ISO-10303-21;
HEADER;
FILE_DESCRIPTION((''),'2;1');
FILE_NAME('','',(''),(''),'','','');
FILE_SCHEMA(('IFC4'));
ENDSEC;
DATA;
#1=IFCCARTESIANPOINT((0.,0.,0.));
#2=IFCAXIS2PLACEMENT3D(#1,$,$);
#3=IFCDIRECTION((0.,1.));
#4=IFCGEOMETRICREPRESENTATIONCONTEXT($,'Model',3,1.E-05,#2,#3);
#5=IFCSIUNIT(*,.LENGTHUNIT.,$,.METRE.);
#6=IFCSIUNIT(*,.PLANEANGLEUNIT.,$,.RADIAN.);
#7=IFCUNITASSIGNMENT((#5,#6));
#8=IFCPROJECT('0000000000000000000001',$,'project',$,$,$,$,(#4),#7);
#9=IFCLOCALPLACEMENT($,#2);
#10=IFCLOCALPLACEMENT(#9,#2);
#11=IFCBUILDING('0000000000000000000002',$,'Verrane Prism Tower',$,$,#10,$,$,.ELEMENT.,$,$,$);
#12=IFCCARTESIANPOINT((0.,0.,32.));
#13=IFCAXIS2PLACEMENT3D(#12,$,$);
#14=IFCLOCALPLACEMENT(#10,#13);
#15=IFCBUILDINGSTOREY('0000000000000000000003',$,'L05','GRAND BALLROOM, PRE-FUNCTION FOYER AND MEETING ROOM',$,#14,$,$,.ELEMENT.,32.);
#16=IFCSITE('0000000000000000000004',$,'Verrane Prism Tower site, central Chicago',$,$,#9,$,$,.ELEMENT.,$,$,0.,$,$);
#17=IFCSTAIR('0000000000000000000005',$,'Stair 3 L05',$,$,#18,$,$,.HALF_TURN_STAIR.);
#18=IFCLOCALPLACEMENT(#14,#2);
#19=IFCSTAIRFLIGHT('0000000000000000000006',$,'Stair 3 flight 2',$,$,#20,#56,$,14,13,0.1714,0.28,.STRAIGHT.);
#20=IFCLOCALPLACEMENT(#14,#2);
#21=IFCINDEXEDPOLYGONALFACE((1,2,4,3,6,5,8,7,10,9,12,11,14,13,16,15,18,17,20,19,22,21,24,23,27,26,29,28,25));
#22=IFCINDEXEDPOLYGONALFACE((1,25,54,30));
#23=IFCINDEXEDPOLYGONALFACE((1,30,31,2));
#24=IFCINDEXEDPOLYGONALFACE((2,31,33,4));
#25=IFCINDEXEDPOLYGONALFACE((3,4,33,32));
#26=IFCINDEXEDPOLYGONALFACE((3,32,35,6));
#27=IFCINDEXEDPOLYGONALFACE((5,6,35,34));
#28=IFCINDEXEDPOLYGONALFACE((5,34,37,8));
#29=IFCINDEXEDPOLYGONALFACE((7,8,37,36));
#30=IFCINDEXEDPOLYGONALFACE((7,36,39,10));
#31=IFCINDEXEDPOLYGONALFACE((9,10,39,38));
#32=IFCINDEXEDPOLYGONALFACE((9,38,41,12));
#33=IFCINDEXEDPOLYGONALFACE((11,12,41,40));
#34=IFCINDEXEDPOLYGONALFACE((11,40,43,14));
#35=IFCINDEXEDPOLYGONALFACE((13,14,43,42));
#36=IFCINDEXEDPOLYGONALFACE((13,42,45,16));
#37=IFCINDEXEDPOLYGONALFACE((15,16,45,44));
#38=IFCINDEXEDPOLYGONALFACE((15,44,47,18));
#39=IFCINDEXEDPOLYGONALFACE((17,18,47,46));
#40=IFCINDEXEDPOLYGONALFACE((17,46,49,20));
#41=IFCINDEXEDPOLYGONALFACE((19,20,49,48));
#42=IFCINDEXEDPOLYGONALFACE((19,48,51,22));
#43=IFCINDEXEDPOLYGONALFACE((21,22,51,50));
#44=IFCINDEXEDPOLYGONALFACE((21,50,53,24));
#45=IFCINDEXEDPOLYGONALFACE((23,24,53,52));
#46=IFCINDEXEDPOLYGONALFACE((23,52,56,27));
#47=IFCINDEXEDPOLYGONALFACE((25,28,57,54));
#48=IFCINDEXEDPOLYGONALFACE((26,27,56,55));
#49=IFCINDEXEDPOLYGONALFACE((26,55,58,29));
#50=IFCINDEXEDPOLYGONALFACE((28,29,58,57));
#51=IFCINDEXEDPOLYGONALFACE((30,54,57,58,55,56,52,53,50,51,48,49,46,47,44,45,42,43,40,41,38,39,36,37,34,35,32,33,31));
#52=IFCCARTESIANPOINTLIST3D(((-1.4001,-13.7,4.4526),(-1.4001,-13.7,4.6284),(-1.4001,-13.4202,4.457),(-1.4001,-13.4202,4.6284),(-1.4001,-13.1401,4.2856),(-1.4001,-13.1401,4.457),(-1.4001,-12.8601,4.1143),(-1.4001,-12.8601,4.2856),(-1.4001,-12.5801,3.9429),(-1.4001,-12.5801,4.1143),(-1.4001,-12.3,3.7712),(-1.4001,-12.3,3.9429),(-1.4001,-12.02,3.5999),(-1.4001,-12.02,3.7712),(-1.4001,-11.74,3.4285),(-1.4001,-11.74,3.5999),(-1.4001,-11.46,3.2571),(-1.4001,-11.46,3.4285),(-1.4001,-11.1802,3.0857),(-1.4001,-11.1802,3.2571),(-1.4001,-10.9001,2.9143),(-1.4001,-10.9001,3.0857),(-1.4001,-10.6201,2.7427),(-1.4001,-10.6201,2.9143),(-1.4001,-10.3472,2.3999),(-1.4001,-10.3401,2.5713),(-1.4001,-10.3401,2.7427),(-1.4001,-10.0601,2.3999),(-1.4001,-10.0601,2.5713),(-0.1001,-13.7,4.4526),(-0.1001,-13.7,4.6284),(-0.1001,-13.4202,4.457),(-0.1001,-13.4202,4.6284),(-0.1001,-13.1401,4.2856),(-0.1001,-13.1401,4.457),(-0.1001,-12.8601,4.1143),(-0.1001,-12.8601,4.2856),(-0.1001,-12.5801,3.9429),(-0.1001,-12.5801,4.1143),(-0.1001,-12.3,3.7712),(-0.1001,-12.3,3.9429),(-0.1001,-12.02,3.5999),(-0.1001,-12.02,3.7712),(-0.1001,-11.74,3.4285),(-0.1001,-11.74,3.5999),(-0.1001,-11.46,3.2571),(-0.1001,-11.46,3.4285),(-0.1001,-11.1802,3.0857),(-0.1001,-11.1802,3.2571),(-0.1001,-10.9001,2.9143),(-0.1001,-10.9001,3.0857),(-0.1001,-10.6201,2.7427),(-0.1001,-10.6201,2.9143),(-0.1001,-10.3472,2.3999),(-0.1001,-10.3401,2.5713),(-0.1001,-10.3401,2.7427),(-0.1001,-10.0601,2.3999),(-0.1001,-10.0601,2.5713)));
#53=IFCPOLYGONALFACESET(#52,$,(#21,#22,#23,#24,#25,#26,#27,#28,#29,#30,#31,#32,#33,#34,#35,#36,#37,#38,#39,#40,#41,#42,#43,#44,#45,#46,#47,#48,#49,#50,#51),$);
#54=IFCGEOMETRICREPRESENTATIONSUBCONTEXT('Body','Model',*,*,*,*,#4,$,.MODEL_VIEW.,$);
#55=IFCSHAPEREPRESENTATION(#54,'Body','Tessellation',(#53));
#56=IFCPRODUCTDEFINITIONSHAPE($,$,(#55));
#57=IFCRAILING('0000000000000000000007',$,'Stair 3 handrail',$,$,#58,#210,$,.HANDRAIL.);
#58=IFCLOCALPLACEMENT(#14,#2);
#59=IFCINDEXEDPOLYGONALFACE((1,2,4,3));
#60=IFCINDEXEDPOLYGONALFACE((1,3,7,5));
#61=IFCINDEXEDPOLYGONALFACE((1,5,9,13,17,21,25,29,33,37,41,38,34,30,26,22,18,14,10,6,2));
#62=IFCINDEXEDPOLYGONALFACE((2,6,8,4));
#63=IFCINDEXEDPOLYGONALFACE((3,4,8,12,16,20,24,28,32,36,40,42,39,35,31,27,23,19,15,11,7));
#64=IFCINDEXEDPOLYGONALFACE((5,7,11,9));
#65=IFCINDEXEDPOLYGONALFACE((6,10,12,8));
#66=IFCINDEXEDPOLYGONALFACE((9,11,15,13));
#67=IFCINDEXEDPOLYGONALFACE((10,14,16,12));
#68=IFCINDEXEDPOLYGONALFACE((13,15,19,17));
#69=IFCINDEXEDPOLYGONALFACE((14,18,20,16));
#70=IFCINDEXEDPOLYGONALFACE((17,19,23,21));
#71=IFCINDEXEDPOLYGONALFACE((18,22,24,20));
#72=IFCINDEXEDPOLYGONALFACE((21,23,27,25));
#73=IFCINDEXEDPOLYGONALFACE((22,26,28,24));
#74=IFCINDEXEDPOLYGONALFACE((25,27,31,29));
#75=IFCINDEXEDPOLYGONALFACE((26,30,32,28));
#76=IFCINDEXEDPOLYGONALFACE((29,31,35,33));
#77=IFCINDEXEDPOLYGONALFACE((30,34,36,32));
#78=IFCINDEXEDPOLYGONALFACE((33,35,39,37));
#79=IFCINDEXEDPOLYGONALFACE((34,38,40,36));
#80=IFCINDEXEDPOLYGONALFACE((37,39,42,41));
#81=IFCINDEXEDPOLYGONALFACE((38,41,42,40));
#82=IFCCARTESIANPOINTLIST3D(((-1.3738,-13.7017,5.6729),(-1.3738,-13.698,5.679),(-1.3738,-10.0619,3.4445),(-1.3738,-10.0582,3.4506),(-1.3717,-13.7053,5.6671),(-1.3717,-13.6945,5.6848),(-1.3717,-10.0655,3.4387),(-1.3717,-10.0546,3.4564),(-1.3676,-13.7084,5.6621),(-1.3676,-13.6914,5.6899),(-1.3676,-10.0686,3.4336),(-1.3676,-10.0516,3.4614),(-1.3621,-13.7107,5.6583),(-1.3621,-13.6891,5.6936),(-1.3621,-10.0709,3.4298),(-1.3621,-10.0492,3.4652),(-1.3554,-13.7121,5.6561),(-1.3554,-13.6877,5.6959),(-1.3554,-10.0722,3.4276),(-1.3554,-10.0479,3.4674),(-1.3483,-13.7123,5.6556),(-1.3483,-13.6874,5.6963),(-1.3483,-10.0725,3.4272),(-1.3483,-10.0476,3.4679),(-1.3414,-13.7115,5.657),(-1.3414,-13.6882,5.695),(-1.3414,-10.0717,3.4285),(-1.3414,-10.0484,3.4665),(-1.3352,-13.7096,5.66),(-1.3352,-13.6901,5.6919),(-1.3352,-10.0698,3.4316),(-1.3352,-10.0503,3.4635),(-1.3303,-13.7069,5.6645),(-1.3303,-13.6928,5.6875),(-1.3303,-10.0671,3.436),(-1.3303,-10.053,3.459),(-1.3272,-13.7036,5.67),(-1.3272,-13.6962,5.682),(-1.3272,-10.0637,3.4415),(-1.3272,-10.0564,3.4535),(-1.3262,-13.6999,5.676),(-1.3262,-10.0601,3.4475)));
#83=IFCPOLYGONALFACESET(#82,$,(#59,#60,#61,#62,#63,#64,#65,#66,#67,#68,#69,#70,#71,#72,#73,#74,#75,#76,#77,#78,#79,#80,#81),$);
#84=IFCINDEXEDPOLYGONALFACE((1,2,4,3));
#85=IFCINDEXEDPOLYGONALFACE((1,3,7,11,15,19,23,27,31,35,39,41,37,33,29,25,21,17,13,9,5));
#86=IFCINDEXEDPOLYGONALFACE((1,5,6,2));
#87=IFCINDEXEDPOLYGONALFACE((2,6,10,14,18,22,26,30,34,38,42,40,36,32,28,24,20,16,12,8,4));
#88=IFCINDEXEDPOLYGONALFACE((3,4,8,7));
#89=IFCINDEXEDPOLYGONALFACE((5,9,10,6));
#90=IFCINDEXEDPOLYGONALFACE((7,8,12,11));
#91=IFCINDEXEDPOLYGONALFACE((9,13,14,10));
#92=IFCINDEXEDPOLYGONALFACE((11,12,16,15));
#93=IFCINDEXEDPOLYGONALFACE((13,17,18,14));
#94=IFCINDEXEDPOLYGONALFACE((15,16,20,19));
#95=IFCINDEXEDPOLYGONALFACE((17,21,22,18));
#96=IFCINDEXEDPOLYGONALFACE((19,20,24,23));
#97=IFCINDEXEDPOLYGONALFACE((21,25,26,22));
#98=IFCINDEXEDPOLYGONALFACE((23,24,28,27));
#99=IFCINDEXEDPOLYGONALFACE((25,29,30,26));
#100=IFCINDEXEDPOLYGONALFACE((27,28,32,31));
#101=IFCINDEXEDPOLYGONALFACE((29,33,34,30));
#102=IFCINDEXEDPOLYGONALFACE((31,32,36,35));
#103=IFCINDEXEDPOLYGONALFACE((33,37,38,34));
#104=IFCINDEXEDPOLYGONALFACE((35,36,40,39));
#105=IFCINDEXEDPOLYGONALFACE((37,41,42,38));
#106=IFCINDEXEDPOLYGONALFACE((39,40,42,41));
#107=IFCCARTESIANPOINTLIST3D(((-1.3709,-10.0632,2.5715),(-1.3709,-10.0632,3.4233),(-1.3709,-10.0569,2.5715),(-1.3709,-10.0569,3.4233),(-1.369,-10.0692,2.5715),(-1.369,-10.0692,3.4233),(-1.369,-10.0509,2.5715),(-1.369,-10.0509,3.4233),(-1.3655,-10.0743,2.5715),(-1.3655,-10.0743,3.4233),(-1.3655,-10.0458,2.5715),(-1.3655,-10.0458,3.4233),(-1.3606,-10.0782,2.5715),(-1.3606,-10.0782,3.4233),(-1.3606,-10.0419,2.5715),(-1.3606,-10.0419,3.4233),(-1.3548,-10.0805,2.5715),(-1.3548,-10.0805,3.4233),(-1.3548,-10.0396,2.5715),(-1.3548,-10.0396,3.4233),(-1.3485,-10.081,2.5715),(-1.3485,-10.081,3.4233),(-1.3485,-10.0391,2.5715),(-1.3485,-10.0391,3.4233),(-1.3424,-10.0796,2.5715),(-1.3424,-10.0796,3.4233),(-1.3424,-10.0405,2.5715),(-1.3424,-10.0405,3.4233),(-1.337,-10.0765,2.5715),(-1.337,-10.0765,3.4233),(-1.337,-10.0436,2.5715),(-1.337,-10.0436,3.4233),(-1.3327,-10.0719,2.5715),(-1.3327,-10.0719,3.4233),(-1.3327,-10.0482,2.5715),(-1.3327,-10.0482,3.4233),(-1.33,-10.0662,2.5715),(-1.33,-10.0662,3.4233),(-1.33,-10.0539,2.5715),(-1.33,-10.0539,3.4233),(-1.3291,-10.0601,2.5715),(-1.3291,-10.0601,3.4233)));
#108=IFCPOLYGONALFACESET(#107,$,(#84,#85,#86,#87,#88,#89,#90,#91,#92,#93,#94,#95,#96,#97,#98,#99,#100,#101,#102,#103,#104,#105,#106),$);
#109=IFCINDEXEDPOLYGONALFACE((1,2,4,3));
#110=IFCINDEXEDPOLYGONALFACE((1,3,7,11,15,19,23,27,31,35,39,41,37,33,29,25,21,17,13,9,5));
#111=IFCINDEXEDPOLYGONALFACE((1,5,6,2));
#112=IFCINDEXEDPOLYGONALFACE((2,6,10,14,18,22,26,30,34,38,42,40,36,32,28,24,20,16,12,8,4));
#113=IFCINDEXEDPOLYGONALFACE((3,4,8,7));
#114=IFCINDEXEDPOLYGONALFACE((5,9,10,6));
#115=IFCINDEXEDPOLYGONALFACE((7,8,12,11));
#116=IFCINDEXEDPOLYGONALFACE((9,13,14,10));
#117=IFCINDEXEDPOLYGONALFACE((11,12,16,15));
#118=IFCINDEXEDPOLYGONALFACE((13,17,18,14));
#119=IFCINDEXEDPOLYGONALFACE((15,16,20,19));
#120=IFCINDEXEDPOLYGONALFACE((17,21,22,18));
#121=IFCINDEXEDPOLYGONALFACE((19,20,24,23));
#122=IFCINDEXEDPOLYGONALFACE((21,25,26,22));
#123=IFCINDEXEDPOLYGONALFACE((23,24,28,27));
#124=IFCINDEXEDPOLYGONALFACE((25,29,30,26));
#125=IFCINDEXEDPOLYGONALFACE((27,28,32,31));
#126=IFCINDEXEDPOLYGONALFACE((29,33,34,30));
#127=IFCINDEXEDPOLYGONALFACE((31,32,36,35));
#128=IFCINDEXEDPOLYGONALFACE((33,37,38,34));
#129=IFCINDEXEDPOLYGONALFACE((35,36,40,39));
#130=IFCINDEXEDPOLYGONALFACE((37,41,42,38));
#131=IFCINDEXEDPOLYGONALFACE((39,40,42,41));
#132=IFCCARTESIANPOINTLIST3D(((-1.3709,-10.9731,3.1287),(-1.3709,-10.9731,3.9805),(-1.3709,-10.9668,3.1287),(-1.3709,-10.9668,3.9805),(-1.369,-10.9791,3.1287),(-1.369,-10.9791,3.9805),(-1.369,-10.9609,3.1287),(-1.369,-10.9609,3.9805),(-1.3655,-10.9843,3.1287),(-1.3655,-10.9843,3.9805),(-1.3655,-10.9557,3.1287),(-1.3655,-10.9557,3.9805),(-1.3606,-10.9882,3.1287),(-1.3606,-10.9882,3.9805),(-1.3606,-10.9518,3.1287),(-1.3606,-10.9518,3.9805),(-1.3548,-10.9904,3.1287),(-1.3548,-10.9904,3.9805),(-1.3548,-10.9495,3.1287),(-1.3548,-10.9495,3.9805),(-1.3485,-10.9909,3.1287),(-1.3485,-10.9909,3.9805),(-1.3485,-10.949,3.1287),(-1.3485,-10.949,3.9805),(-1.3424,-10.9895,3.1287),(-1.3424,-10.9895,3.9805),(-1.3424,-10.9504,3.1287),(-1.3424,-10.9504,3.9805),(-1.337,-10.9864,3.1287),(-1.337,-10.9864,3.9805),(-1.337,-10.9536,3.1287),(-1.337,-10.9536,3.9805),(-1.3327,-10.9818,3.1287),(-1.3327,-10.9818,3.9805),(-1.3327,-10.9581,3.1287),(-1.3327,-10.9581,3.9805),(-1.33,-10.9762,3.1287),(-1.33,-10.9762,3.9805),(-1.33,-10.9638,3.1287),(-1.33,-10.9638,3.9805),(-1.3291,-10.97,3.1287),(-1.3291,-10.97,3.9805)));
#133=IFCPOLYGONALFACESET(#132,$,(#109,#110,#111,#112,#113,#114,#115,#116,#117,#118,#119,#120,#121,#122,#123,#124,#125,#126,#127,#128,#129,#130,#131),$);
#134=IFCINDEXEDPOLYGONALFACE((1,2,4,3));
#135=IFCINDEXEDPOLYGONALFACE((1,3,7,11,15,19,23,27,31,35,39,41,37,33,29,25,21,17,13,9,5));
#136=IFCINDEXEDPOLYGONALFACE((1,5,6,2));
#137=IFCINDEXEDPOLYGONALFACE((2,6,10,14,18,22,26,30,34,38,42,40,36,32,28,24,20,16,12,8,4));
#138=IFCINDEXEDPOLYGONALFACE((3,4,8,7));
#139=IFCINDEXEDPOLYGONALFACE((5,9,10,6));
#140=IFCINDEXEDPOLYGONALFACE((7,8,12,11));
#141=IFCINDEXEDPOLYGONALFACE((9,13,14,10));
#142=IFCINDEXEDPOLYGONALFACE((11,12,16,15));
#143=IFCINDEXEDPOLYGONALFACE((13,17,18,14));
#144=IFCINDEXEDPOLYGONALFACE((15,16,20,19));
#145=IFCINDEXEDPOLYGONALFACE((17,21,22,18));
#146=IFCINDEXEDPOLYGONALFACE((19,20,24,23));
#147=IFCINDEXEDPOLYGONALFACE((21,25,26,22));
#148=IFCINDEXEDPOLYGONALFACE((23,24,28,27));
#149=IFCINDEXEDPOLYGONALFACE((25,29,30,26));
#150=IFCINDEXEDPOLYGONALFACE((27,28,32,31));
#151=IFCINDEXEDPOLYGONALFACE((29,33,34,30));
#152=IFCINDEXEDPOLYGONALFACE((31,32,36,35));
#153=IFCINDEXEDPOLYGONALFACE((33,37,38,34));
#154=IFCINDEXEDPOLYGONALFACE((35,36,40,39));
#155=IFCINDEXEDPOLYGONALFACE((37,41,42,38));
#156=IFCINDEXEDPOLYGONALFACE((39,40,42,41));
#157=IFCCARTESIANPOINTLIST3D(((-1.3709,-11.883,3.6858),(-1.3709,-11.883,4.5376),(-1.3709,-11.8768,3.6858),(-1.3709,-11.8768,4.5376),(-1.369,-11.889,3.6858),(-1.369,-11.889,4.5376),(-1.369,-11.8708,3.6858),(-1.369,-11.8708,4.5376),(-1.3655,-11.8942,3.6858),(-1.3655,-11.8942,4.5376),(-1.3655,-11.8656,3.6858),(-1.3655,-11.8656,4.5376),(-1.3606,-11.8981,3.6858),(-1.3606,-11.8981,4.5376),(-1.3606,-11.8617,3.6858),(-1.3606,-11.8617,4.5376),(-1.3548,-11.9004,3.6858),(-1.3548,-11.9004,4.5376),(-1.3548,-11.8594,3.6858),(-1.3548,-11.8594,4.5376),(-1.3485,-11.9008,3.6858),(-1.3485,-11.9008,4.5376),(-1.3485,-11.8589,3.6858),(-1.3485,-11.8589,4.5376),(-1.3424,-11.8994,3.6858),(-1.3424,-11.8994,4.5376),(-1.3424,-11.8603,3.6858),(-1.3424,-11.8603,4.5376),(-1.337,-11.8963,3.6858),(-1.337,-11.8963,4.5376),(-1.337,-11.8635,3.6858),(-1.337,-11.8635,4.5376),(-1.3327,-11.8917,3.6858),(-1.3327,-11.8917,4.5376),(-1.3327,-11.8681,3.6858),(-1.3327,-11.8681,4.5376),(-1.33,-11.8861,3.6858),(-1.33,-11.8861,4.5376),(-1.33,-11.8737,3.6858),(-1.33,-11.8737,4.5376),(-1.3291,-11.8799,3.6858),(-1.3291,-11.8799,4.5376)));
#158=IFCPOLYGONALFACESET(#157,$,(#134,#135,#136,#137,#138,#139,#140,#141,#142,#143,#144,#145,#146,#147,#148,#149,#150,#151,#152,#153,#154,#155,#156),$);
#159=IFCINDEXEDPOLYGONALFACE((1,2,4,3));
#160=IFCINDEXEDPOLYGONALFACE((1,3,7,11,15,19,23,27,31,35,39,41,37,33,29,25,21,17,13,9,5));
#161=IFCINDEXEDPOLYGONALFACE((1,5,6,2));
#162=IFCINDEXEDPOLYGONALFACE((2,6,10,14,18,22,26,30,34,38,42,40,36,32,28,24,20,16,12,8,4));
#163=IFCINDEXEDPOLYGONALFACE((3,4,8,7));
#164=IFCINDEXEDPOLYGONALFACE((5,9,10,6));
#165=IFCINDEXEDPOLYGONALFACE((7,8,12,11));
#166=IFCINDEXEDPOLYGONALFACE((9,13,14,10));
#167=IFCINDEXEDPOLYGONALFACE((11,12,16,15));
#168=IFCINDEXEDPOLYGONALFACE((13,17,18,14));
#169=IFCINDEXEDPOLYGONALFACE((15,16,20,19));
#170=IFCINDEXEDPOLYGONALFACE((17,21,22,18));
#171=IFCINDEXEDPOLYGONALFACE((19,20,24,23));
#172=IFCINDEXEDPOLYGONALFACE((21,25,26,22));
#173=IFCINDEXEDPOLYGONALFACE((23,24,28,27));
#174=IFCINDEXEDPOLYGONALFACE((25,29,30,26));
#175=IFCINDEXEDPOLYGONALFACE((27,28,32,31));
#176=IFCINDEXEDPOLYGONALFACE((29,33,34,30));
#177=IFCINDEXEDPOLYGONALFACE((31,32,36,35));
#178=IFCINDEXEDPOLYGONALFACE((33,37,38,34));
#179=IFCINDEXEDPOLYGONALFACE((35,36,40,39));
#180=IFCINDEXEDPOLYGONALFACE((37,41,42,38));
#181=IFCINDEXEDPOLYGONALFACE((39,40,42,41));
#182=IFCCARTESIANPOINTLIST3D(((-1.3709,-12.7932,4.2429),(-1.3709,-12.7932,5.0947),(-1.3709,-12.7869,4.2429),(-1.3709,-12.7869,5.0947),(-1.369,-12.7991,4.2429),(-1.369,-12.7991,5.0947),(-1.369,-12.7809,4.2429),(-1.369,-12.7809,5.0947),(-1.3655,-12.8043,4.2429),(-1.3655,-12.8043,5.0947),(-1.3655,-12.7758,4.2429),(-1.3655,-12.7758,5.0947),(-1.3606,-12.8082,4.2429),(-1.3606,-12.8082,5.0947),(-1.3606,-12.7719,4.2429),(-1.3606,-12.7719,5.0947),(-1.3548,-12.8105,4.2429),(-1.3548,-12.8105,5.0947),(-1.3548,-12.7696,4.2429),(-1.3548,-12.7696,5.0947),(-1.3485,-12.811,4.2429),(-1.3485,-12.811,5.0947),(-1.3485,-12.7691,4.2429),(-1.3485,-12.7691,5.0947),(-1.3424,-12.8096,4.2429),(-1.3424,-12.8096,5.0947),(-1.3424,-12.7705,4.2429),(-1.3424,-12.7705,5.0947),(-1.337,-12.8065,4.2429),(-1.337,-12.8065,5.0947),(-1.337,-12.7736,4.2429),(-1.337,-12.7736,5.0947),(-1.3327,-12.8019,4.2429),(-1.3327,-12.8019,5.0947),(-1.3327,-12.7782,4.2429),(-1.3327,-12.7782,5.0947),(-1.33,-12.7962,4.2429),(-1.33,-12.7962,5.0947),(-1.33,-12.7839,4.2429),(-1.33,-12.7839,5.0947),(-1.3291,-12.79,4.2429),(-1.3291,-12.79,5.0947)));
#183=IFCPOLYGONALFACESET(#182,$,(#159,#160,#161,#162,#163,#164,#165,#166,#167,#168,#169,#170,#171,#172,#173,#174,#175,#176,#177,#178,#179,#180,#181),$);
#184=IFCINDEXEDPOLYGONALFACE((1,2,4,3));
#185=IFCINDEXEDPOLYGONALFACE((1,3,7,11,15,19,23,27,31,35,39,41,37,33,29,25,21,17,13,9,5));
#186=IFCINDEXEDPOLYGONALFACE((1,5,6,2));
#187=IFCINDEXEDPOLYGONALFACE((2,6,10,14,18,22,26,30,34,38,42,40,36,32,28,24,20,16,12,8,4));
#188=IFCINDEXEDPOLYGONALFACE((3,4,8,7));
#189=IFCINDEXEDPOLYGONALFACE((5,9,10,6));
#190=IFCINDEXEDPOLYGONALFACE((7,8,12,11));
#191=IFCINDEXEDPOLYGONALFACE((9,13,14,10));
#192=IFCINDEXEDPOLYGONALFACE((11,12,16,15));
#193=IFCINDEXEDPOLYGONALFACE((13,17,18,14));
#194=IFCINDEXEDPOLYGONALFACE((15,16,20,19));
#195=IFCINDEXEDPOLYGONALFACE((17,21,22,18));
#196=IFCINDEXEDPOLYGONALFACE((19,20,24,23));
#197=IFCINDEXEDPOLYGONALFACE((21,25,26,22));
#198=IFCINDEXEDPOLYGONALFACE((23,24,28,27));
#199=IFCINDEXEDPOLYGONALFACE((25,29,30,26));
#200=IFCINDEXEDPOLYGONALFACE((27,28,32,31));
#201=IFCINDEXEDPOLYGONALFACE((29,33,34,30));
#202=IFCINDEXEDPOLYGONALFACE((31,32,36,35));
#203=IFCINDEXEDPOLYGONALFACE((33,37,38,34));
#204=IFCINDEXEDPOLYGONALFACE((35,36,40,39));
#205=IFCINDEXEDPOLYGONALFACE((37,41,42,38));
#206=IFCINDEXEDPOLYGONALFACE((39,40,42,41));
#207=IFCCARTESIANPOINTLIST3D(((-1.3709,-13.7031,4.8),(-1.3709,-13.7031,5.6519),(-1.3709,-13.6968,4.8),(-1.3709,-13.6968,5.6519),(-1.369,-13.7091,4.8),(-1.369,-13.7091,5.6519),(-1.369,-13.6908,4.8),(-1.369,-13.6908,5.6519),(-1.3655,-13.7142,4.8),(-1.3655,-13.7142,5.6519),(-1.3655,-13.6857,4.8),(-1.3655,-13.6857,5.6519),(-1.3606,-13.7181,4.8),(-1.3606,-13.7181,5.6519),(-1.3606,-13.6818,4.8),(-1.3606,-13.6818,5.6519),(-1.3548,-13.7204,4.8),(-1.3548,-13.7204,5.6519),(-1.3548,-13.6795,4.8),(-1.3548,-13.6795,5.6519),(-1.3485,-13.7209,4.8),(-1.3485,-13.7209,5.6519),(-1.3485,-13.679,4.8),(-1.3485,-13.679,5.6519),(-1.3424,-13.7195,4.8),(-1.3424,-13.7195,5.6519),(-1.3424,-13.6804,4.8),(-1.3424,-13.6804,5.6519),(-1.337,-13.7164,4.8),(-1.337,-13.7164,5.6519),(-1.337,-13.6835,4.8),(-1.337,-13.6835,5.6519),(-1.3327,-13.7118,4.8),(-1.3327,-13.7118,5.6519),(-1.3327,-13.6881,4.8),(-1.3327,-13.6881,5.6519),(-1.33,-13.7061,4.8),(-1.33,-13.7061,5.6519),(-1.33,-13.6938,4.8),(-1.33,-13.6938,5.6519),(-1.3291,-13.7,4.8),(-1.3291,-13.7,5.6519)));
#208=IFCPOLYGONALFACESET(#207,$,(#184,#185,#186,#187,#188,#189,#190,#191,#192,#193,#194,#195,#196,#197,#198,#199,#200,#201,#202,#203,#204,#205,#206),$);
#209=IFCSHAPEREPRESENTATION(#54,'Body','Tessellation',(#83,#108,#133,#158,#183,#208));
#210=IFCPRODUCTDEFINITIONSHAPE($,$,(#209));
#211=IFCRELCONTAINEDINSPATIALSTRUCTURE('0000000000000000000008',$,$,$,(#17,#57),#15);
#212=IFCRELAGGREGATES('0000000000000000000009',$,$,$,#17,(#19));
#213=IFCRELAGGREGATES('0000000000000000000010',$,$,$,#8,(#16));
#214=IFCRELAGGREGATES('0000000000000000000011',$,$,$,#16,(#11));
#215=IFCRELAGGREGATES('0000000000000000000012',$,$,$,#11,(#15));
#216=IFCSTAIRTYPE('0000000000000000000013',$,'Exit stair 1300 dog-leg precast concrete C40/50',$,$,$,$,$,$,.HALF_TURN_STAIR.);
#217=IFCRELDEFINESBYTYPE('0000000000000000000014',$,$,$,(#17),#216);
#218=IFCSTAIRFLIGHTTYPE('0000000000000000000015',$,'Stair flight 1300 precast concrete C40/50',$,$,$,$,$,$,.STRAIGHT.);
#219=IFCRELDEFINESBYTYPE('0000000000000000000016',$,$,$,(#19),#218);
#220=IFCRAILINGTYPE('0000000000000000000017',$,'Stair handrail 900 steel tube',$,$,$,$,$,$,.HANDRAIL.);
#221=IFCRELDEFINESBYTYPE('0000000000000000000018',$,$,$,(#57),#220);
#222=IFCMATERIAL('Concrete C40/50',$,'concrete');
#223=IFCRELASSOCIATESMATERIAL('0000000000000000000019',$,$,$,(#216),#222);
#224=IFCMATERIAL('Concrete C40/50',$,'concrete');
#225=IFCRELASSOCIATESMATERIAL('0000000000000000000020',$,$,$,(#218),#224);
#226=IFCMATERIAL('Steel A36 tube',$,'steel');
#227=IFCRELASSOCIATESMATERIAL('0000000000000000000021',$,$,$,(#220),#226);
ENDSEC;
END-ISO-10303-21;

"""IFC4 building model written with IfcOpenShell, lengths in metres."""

from ifc_helpers import new_model, si_unit, direction, frame, origin, origin_2d, place, context, subcontext, project, spatial, polyline, circle, outline, extrude, material, type_object, element, aggregate, save


model = new_model("IFC4")

# Units and contexts
model_context = context("Model", 3, precision=1e-05, world=origin(), true_north=direction((0.0, 1.0)))
body_context = subcontext(model_context, "Body", "Model", "MODEL_VIEW")
ifc_project = project(units=[si_unit("LENGTHUNIT", "METRE"), si_unit("PLANEANGLEUNIT", "RADIAN")], contexts=[model_context])

# Site, building, storey
site_placement = place(None, origin())
site = spatial("IfcSite", under=ifc_project, at=site_placement, Name="Verrane Prism Tower site, central Chicago", CompositionType="ELEMENT", RefElevation=0.0)
building_placement = place(site_placement, origin())
building = spatial("IfcBuilding", under=site, at=building_placement, Name="Verrane Prism Tower", CompositionType="ELEMENT")
storey_placement = place(building_placement, frame((0.0, 0.0, 32.0)))
storey = spatial("IfcBuildingStorey", under=building, at=storey_placement, Name="L05", Description="GRAND BALLROOM, PRE-FUNCTION FOYER AND MEETING ROOM", CompositionType="ELEMENT", Elevation=32.0)

# Shared definitions
ifc_material_1 = material(Name="Concrete C40/50", Category="concrete")
stair_type = type_object("IfcStairType", Name="Exit stair 1300 dog-leg precast concrete C40/50", PredefinedType="HALF_TURN_STAIR", material=ifc_material_1)

# Stair, stair flight
stair_1_placement = place(storey_placement, origin())
stair_1 = element("IfcStair", 1, at=stair_1_placement, inside=storey, type_object=stair_type, Name="Stair 3 L05", PredefinedType="HALF_TURN_STAIR")
ifc_material_2 = material(Name="Concrete C40/50", Category="concrete")
stair_flight_type = type_object("IfcStairFlightType", Name="Stair flight 1300 precast concrete C40/50", PredefinedType="STRAIGHT", material=ifc_material_2)
stair_flight_placement = place(storey_placement, frame((-0.75, -10.0601, 2.3999), z_axis=(0.0, 0.0, 1.0), x_axis=(0.0, -1.0, 0.0)))
stair_flight = element("IfcStairFlight", 2, at=stair_flight_placement, type_object=stair_flight_type, Name="Stair 3 flight 2", NumberOfRisers=14, NumberOfTreads=13, PredefinedType="STRAIGHT", RiserHeight=0.1714, TreadLength=0.28, context=body_context, shape_type="SweptSolid", body=[
    extrude(outline(polyline([(0.0, 0.0), (0.0, 0.1714), (0.28, 0.1714), (0.28, 0.3428), (0.5601, 0.3428), (0.5601, 0.5144), (0.8401, 0.5144), (0.8401, 0.6858), (1.1201, 0.6858), (1.1201, 0.8572), (1.3999, 0.8572), (1.3999, 1.0286), (1.6799, 1.0286), (1.6799, 1.2), (1.96, 1.2), (1.96, 1.3713), (2.24, 1.3713), (2.24, 1.543), (2.52, 1.543), (2.52, 1.7144), (2.8, 1.7144), (2.8, 1.8857), (3.0801, 1.8857), (3.0801, 2.0571), (3.3601, 2.0571), (3.3601, 2.2285), (3.6399, 2.2285), (3.6399, 2.3999), (3.6399, 2.0527), (0.2871, 0.0), (0.0, 0.0)])), frame((0.0, 0.6499, 0.0), z_axis=(0.0, -1.0, 0.0), x_axis=(1.0, 0.0, 0.0)), (0.0, 0.0, 1.0), 1.3),
])
aggregate(stair_1, [stair_flight])

# Railing
ifc_material_3 = material(Name="Steel A36 tube", Category="steel")
railing_type = type_object("IfcRailingType", Name="Stair handrail 900 steel tube", PredefinedType="HANDRAIL", material=ifc_material_3)
railing_placement = place(storey_placement, frame((-1.3501, -10.0601, 2.5715)))
element("IfcRailing", 3, at=railing_placement, inside=storey, type_object=railing_type, Name="Stair 3 handrail", PredefinedType="HANDRAIL", context=body_context, shape_type="SweptSolid", body=[
    extrude(circle(Radius=0.0239, at=origin_2d()), frame((0.0, 0.0, 0.876), z_axis=(0.0, -0.85285, 0.522156), x_axis=(1.0, 0.0, 0.0)), (0.0, 0.0, 1.0), 4.2678),
    extrude(circle(Radius=0.021, at=origin_2d()), origin(), (0.0, 0.0, 1.0), 0.8518),
    extrude(circle(Radius=0.021, at=origin_2d()), frame((0.0, -0.9099, 0.5571)), (0.0, 0.0, 1.0), 0.8518),
    extrude(circle(Radius=0.021, at=origin_2d()), frame((0.0, -1.8198, 1.1143)), (0.0, 0.0, 1.0), 0.8518),
    extrude(circle(Radius=0.021, at=origin_2d()), frame((0.0, -2.73, 1.6714)), (0.0, 0.0, 1.0), 0.8518),
    extrude(circle(Radius=0.021, at=origin_2d()), frame((0.0, -3.6399, 2.2285)), (0.0, 0.0, 1.0), 0.8518),
])

save(model, "model.ifc")
